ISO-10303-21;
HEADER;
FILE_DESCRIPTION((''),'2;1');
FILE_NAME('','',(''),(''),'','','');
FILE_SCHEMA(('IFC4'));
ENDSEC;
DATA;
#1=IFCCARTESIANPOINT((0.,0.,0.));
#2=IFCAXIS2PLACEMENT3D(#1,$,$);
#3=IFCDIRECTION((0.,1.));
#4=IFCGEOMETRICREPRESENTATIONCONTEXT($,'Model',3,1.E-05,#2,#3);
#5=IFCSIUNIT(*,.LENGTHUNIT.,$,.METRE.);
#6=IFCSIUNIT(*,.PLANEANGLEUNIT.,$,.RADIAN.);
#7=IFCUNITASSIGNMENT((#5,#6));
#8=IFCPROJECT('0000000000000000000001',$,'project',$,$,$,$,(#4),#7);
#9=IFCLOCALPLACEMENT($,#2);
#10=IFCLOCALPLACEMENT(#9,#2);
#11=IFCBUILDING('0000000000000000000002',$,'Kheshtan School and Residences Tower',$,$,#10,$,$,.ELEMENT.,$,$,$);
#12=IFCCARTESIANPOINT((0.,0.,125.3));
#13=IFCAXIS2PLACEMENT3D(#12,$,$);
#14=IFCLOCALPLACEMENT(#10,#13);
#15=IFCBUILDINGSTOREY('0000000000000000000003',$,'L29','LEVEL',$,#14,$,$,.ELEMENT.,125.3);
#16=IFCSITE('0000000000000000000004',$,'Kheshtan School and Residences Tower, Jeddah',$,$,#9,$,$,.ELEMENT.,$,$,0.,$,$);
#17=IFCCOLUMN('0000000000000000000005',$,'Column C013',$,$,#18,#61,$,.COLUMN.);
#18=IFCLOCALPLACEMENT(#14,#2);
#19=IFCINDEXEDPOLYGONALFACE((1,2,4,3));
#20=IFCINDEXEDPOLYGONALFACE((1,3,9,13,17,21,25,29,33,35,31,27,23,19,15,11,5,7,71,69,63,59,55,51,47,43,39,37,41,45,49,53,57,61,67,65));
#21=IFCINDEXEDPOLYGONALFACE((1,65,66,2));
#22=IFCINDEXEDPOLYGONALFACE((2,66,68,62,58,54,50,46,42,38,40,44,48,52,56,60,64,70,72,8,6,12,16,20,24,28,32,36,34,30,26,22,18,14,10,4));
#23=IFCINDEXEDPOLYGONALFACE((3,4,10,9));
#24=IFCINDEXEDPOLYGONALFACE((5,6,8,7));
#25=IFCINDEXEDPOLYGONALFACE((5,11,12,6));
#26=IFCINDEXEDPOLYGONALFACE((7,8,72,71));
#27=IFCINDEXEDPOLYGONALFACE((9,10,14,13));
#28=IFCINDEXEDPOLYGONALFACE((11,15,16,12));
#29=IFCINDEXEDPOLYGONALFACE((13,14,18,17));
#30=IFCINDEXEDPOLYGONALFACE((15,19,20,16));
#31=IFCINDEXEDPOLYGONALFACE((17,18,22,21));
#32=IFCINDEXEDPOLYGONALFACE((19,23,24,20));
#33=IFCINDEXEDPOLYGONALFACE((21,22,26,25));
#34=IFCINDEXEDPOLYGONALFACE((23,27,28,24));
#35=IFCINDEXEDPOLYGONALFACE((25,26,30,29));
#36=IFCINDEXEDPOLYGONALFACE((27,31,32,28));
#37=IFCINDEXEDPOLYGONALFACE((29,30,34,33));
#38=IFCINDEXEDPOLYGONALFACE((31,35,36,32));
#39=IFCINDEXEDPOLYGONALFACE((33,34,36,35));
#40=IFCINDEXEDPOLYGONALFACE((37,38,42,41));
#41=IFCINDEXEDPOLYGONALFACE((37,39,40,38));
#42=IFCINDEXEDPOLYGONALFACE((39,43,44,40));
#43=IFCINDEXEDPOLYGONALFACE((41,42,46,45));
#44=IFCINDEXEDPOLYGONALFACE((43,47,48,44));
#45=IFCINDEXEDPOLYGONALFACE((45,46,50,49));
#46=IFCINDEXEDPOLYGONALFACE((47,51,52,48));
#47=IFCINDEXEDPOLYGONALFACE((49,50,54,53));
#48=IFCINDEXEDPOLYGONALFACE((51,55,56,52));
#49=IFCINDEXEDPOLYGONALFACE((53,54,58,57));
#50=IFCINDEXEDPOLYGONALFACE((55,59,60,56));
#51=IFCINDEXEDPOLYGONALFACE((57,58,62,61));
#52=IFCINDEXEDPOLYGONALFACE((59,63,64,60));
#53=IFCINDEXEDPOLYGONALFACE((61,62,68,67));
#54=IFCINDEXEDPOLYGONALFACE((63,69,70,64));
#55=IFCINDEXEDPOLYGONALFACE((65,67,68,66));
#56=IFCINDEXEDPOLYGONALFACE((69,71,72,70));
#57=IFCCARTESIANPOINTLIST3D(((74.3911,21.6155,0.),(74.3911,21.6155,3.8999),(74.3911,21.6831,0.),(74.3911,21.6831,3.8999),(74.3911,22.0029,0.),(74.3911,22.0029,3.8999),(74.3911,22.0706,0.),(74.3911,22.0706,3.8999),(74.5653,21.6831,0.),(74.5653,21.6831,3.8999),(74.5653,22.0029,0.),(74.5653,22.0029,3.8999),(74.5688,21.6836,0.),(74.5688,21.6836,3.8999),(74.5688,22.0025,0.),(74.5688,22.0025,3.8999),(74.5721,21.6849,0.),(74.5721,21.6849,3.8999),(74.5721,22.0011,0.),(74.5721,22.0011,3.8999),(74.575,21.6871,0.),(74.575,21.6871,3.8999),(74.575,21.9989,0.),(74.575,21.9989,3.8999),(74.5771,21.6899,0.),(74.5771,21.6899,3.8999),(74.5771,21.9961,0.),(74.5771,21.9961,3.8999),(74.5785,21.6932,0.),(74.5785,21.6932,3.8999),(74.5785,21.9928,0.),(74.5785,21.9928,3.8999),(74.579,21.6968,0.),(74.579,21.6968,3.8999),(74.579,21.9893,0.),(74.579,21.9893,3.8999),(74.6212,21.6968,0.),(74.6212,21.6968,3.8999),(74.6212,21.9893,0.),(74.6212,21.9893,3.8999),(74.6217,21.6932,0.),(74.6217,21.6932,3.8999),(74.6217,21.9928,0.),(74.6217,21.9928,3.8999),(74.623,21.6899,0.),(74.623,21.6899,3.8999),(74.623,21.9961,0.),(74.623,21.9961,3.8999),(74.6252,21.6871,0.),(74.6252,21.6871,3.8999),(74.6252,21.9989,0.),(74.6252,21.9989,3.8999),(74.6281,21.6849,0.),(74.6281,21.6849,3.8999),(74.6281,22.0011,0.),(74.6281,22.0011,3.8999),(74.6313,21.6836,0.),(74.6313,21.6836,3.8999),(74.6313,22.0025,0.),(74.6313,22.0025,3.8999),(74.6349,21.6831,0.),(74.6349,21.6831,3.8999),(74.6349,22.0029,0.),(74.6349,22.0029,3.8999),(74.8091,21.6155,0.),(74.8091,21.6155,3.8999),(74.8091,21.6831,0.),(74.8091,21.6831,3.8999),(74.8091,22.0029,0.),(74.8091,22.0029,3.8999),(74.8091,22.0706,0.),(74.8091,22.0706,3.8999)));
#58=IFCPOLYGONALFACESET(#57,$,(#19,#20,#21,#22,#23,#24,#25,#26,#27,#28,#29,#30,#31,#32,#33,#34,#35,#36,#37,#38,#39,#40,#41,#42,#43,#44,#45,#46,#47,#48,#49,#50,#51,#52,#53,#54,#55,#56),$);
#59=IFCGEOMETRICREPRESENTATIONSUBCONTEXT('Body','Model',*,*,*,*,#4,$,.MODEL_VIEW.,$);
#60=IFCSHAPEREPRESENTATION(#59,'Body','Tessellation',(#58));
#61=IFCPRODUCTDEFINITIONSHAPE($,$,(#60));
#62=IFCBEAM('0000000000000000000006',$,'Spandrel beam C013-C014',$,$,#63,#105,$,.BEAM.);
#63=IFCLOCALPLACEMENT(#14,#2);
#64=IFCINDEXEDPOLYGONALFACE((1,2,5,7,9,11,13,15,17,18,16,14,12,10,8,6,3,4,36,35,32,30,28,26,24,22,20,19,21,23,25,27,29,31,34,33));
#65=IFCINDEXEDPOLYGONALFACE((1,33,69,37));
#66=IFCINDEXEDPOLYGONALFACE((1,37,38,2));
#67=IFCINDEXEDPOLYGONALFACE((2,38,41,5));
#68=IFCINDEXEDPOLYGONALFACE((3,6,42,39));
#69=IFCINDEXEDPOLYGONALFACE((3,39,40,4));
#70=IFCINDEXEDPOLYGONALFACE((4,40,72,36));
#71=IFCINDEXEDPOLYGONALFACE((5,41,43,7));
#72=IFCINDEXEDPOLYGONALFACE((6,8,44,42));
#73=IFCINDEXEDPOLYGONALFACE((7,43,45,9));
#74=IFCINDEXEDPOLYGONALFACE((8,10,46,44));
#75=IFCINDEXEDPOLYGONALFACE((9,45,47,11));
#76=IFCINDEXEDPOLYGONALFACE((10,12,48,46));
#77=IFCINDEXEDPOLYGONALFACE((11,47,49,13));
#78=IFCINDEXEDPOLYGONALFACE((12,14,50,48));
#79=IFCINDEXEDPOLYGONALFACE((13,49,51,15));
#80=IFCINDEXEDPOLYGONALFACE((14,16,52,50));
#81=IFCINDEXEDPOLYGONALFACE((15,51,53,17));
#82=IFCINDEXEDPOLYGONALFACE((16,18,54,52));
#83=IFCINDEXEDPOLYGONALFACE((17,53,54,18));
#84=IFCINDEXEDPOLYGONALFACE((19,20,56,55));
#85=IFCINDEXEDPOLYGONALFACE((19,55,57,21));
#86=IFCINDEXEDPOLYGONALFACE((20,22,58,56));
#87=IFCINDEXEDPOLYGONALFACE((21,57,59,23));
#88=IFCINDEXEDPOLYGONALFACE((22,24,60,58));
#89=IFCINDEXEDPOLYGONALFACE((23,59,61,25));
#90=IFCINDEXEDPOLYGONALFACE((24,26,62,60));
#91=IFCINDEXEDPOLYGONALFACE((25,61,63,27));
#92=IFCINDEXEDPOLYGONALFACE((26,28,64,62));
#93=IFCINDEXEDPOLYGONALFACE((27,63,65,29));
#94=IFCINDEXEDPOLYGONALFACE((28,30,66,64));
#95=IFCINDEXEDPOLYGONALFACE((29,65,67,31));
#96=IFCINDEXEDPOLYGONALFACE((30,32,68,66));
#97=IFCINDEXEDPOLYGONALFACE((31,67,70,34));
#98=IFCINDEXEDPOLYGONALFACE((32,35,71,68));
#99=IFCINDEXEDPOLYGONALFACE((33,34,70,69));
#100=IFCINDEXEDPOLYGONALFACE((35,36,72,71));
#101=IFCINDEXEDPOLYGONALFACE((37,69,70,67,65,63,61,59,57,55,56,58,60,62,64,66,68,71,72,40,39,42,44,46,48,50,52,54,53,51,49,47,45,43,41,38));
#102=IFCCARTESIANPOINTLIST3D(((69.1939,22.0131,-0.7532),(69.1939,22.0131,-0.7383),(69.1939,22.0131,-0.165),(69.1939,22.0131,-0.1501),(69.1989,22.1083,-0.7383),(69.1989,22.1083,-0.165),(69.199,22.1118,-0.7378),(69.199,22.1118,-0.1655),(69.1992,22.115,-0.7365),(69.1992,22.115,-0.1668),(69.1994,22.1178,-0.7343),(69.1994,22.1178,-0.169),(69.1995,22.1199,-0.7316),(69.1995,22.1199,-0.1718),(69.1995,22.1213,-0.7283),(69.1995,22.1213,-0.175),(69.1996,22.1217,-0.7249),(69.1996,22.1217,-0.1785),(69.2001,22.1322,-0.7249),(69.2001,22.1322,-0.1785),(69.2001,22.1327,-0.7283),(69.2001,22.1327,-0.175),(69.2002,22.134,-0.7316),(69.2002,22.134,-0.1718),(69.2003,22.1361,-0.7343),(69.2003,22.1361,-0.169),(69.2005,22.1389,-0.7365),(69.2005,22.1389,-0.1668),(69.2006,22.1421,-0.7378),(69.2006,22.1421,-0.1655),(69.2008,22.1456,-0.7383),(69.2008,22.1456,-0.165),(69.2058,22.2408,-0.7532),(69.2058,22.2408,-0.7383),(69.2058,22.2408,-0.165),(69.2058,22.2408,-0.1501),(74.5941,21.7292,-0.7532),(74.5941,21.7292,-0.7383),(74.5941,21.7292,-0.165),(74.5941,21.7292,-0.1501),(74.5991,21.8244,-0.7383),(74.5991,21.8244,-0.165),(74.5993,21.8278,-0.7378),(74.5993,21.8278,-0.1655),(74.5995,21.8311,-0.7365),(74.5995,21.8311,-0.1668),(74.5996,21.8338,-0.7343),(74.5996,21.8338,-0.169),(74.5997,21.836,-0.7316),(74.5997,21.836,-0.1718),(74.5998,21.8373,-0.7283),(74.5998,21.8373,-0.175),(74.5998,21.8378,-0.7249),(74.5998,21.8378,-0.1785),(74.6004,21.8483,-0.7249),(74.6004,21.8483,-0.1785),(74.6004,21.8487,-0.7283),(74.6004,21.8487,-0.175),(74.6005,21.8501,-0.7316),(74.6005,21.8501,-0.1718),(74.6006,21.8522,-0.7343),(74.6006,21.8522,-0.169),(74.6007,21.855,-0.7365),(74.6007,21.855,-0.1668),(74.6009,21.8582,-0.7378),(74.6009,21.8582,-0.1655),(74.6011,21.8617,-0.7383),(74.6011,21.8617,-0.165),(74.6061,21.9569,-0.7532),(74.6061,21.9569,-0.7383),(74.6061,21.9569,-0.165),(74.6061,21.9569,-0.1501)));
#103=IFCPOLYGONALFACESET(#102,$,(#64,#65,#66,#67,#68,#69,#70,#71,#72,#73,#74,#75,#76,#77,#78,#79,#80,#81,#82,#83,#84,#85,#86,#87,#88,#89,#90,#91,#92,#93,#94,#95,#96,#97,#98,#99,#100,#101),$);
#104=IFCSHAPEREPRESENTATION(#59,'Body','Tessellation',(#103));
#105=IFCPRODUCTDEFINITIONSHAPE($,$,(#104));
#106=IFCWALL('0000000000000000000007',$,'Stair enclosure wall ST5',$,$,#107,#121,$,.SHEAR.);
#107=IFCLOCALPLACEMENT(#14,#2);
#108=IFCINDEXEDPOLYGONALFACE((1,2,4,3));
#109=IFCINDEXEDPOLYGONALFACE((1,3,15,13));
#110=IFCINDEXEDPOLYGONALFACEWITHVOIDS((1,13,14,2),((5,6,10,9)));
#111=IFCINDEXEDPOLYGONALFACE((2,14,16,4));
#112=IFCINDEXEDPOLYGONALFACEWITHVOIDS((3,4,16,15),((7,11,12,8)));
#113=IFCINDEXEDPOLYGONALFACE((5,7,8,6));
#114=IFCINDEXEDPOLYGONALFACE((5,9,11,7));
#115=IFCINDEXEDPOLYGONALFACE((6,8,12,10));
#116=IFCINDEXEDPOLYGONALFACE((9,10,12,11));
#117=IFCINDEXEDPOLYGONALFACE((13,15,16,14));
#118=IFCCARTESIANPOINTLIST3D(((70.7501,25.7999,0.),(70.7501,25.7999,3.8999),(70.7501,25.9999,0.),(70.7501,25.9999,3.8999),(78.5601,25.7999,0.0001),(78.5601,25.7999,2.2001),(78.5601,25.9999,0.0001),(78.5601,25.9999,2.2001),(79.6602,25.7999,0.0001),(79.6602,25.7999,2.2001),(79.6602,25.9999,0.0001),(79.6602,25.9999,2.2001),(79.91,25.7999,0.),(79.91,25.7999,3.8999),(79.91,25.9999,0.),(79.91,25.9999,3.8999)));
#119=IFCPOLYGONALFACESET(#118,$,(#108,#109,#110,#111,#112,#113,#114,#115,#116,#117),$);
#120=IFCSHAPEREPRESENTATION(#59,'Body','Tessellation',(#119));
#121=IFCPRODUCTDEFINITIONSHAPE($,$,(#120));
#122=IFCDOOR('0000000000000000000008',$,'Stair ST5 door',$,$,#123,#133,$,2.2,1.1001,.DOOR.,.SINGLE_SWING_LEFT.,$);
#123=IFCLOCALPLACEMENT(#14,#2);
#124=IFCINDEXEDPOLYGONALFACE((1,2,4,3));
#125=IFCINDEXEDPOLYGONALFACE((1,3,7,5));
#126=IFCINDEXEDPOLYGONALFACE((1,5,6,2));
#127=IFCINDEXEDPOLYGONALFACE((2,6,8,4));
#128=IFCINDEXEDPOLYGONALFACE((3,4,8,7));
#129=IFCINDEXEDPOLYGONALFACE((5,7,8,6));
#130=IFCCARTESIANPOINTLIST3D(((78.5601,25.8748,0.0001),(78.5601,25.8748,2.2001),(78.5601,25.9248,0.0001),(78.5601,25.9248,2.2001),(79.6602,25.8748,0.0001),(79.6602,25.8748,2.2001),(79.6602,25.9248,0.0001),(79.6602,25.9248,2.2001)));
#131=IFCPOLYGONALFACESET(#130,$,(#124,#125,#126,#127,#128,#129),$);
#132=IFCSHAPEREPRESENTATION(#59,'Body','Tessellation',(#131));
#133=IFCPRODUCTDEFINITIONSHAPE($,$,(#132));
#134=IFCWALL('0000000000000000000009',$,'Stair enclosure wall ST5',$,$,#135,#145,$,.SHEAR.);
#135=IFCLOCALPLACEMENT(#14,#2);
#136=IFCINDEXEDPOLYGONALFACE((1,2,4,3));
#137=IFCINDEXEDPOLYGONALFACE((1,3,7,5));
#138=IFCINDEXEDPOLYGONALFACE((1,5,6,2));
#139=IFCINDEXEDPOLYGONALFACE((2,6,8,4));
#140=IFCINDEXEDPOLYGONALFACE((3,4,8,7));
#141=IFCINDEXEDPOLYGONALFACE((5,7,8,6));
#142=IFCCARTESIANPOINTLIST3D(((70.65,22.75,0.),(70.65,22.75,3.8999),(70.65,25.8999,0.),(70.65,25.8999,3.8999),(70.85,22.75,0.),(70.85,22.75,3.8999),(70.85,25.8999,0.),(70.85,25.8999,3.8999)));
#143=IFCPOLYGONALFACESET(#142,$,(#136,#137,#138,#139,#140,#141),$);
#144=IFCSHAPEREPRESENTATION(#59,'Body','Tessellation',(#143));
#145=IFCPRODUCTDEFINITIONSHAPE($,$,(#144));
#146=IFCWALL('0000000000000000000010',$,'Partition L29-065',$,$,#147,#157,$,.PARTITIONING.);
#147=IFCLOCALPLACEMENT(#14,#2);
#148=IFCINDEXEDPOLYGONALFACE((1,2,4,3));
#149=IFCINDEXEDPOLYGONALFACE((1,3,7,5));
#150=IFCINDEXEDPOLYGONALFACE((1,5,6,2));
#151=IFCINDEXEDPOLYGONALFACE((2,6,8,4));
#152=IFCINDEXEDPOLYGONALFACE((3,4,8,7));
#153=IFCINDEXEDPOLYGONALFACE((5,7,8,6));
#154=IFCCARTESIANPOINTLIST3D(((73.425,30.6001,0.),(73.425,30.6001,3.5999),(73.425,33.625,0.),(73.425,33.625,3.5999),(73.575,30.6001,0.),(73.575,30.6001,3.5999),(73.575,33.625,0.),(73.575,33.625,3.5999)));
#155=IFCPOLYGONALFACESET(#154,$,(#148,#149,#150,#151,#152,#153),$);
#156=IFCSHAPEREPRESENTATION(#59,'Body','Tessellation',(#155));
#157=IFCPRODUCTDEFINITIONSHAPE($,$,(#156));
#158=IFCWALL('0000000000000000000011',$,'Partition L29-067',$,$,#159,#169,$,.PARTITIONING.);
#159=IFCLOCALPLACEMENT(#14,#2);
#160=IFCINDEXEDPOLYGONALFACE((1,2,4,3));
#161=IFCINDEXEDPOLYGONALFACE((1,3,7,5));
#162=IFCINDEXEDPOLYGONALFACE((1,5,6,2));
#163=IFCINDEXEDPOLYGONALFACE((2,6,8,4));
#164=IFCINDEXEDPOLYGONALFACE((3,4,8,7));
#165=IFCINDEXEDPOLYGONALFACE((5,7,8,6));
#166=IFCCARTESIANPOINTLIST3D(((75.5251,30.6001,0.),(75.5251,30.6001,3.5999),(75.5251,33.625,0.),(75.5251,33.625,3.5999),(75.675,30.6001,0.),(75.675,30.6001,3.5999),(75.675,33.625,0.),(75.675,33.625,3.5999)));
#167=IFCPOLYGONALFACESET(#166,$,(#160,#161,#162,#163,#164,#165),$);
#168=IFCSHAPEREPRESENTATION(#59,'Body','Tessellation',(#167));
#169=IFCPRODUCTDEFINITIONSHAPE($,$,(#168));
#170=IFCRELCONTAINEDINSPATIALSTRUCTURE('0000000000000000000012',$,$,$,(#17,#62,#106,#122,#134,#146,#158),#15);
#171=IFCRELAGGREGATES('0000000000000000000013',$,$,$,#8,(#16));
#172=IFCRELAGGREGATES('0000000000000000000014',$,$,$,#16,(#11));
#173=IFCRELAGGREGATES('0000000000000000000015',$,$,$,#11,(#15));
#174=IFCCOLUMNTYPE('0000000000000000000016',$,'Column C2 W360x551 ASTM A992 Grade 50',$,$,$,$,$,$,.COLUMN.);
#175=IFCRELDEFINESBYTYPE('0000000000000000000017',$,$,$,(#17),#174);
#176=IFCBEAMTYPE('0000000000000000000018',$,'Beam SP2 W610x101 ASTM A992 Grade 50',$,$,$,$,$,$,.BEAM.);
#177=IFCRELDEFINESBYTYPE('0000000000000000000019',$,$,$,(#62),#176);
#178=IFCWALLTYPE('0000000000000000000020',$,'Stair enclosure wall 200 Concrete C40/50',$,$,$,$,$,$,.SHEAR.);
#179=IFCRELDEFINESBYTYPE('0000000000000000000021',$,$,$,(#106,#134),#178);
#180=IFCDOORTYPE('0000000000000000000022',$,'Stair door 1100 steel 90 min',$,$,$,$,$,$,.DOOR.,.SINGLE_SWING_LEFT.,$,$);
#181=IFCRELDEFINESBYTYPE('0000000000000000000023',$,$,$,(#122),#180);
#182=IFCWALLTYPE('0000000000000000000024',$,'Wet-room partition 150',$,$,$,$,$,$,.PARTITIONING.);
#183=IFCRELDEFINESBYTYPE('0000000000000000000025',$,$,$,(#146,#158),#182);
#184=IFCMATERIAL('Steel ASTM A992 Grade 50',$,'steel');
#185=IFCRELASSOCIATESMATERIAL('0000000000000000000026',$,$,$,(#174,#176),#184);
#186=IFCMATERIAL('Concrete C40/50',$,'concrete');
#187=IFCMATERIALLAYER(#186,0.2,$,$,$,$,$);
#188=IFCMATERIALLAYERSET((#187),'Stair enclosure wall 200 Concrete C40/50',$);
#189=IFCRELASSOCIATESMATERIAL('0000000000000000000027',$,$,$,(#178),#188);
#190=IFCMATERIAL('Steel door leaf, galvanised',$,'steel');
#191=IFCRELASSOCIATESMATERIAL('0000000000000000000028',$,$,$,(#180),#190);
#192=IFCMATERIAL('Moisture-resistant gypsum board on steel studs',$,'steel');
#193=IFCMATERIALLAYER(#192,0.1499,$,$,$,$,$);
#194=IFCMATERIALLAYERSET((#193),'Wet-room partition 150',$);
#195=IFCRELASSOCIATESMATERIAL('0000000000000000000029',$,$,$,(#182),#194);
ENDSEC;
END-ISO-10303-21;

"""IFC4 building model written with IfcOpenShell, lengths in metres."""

from ifc_helpers import new_model, si_unit, direction, frame, frame_2d, origin, origin_2d, place, context, subcontext, project, spatial, rectangle, i_section, extrude, source, transform, mapped, material, layer, layer_set, material_profile, profile_set, type_object, element, fill, save


model = new_model("IFC4")

# Units and contexts
model_context = context("Model", 3, precision=1e-05, world=origin(), true_north=direction((0.0, 1.0)))
body_context = subcontext(model_context, "Body", "Model", "MODEL_VIEW")
ifc_project = project(units=[si_unit("LENGTHUNIT", "METRE"), si_unit("PLANEANGLEUNIT", "RADIAN")], contexts=[model_context])

# Site, building, storey
site_placement = place(None, origin())
site = spatial("IfcSite", under=ifc_project, at=site_placement, Name="Kheshtan School and Residences Tower, Jeddah", CompositionType="ELEMENT", RefElevation=0.0)
building_placement = place(site_placement, origin())
building = spatial("IfcBuilding", under=site, at=building_placement, Name="Kheshtan School and Residences Tower", CompositionType="ELEMENT")
storey_placement = place(building_placement, frame((0.0, 0.0, 125.3)))
storey = spatial("IfcBuildingStorey", under=building, at=storey_placement, Name="L29", Description="LEVEL", CompositionType="ELEMENT", Elevation=125.3)

# Column
ifc_material_1 = material(Name="Steel ASTM A992 Grade 50", Category="steel")
ifc_material_profile_1 = material_profile(ifc_material_1, i_section(OverallWidth=0.418, OverallDepth=0.4551, WebThickness=0.0422, FlangeThickness=0.0676, FilletRadius=0.0137, at=origin_2d()), Name="W360x551")
ifc_profile_set_1 = profile_set([ifc_material_profile_1], Name="Steel ASTM A992 Grade 50")
column_type = type_object("IfcColumnType", Name="Column C2 W360x551 ASTM A992 Grade 50", PredefinedType="COLUMN", material=ifc_profile_set_1)
column_placement = place(storey_placement, frame((74.6001, 21.843, 0.0), z_axis=(0.0, 0.0, 1.0), x_axis=(1.0, 0.0, 0.0)))
element("IfcColumn", 1, at=column_placement, inside=storey, type_object=column_type, Name="Column C013", PredefinedType="COLUMN", context=body_context, shape_type="SweptSolid", body=[
    extrude(i_section(OverallWidth=0.418, OverallDepth=0.4551, WebThickness=0.0422, FlangeThickness=0.0676, FilletRadius=0.0137, at=origin_2d()), origin(), (0.0, 0.0, 1.0), 3.8999),
])

# Beam
ifc_material_profile_2 = material_profile(ifc_material_1, i_section(OverallWidth=0.228, OverallDepth=0.603, WebThickness=0.0105, FlangeThickness=0.0149, FilletRadius=0.0134, at=origin_2d()), Name="W610x101")
ifc_profile_set_2 = profile_set([ifc_material_profile_2], Name="Steel ASTM A992 Grade 50")
beam_type = type_object("IfcBeamType", Name="Beam SP2 W610x101 ASTM A992 Grade 50", PredefinedType="BEAM", material=ifc_profile_set_2)
beam_placement = place(storey_placement, frame((74.6001, 21.843, -0.4517), z_axis=(-0.998621, 0.052507, 0.0), x_axis=(-0.052507, -0.998621, 0.0)))
element("IfcBeam", 2, at=beam_placement, inside=storey, type_object=beam_type, Name="Spandrel beam C013-C014", PredefinedType="BEAM", context=body_context, shape_type="SweptSolid", body=[
    extrude(i_section(OverallWidth=0.228, OverallDepth=0.603, WebThickness=0.0105, FlangeThickness=0.0149, FilletRadius=0.0134, at=origin_2d()), origin(), (0.0, 0.0, 1.0), 5.4077),
])

# Wall, opening, door
ifc_material_2 = material(Name="Concrete C40/50", Category="concrete")
ifc_layer_1 = layer(ifc_material_2, 0.2)
ifc_layer_set_1 = layer_set([ifc_layer_1], Name="Stair enclosure wall 200 Concrete C40/50")
wall_type_1 = type_object("IfcWallType", Name="Stair enclosure wall 200 Concrete C40/50", PredefinedType="SHEAR", material=ifc_layer_set_1)
wall_1_placement = place(storey_placement, frame((70.75, 25.8999, 0.0), z_axis=(0.0, 0.0, 1.0), x_axis=(1.0, 0.0, 0.0)))
wall_1 = element("IfcWall", 3, at=wall_1_placement, inside=storey, type_object=wall_type_1, Name="Stair enclosure wall ST5", PredefinedType="SHEAR", context=body_context, shape_type="SweptSolid", body=[
    extrude(rectangle(XDim=9.1599, YDim=0.2, at=frame_2d((4.5801, 0.0))), origin(), (0.0, 0.0, 1.0), 3.8999),
])
opening_1_placement = place(wall_1_placement, frame((7.8101, 0.0, 0.0)))
opening_1 = element("IfcOpeningElement", 4, at=opening_1_placement, cuts=wall_1, PredefinedType="OPENING", context=body_context, shape_type="SweptSolid", body=[
    extrude(rectangle(XDim=1.1001, YDim=2.2, at=frame_2d((0.55, 1.1001))), frame((0.0, 0.1099, 0.0), z_axis=(0.0, -1.0, 0.0), x_axis=(1.0, 0.0, 0.0)), (0.0, 0.0, 1.0), 0.22),
])
ifc_material_3 = material(Name="Steel door leaf, galvanised", Category="steel")
door_type_1 = type_object("IfcDoorType", Name="Stair door 1100 steel 90 min", OperationType="SINGLE_SWING_LEFT", PredefinedType="DOOR", material=ifc_material_3)
shared_shape_1 = source(origin(), body_context, "Body", "SweptSolid", [
    extrude(rectangle(XDim=1.1001, YDim=2.2, at=frame_2d((0.55, 1.1001))), frame((0.0, 0.0249, 0.0), z_axis=(0.0, -1.0, 0.0), x_axis=(1.0, 0.0, 0.0)), (0.0, 0.0, 1.0), 0.05),
])
door_1_placement = place(opening_1_placement, origin())
door_1 = element("IfcDoor", 5, at=door_1_placement, inside=storey, type_object=door_type_1, Name="Stair ST5 door", OperationType="SINGLE_SWING_LEFT", OverallHeight=2.2, OverallWidth=1.1001, PredefinedType="DOOR", context=body_context, shape_type="MappedRepresentation", body=[
    mapped(shared_shape_1, transform((0.0, 0.0, 0.0), x_axis=(1.0, 0.0, 0.0), y_axis=(0.0, 1.0, 0.0), z_axis=(0.0, 0.0, 1.0), scale=1.0)),
])
fill(opening_1, door_1)

# Walls
wall_2_placement = place(storey_placement, frame((70.75, 22.75, 0.0), z_axis=(0.0, 0.0, 1.0), x_axis=(0.0, 1.0, 0.0)))
element("IfcWall", 6, at=wall_2_placement, inside=storey, type_object=wall_type_1, Name="Stair enclosure wall ST5", PredefinedType="SHEAR", context=body_context, shape_type="SweptSolid", body=[
    extrude(rectangle(XDim=3.1499, YDim=0.2, at=frame_2d((1.575, 0.0))), origin(), (0.0, 0.0, 1.0), 3.8999),
])
ifc_material_4 = material(Name="Moisture-resistant gypsum board on steel studs", Category="steel")
ifc_layer_2 = layer(ifc_material_4, 0.1499)
ifc_layer_set_2 = layer_set([ifc_layer_2], Name="Wet-room partition 150")
wall_type_2 = type_object("IfcWallType", Name="Wet-room partition 150", PredefinedType="PARTITIONING", material=ifc_layer_set_2)
for number, where, z_axis, x_axis, name in (
    (7, (73.5, 30.6001, 0.0), (0.0, 0.0, 1.0), (0.0, 1.0, 0.0), "Partition L29-065"),
    (8, (75.6001, 30.6001, 0.0), (0.0, 0.0, 1.0), (0.0, 1.0, 0.0), "Partition L29-067"),
):
    element("IfcWall", number, at=place(storey_placement, frame(where, z_axis=z_axis, x_axis=x_axis)), inside=storey, type_object=wall_type_2, Name=name, PredefinedType="PARTITIONING", context=body_context, shape_type="SweptSolid", body=[
        extrude(rectangle(XDim=3.0249, YDim=0.1499, at=frame_2d((1.5125, 0.0))), origin(), (0.0, 0.0, 1.0), 3.5999),
    ])

save(model, "model.ifc")
